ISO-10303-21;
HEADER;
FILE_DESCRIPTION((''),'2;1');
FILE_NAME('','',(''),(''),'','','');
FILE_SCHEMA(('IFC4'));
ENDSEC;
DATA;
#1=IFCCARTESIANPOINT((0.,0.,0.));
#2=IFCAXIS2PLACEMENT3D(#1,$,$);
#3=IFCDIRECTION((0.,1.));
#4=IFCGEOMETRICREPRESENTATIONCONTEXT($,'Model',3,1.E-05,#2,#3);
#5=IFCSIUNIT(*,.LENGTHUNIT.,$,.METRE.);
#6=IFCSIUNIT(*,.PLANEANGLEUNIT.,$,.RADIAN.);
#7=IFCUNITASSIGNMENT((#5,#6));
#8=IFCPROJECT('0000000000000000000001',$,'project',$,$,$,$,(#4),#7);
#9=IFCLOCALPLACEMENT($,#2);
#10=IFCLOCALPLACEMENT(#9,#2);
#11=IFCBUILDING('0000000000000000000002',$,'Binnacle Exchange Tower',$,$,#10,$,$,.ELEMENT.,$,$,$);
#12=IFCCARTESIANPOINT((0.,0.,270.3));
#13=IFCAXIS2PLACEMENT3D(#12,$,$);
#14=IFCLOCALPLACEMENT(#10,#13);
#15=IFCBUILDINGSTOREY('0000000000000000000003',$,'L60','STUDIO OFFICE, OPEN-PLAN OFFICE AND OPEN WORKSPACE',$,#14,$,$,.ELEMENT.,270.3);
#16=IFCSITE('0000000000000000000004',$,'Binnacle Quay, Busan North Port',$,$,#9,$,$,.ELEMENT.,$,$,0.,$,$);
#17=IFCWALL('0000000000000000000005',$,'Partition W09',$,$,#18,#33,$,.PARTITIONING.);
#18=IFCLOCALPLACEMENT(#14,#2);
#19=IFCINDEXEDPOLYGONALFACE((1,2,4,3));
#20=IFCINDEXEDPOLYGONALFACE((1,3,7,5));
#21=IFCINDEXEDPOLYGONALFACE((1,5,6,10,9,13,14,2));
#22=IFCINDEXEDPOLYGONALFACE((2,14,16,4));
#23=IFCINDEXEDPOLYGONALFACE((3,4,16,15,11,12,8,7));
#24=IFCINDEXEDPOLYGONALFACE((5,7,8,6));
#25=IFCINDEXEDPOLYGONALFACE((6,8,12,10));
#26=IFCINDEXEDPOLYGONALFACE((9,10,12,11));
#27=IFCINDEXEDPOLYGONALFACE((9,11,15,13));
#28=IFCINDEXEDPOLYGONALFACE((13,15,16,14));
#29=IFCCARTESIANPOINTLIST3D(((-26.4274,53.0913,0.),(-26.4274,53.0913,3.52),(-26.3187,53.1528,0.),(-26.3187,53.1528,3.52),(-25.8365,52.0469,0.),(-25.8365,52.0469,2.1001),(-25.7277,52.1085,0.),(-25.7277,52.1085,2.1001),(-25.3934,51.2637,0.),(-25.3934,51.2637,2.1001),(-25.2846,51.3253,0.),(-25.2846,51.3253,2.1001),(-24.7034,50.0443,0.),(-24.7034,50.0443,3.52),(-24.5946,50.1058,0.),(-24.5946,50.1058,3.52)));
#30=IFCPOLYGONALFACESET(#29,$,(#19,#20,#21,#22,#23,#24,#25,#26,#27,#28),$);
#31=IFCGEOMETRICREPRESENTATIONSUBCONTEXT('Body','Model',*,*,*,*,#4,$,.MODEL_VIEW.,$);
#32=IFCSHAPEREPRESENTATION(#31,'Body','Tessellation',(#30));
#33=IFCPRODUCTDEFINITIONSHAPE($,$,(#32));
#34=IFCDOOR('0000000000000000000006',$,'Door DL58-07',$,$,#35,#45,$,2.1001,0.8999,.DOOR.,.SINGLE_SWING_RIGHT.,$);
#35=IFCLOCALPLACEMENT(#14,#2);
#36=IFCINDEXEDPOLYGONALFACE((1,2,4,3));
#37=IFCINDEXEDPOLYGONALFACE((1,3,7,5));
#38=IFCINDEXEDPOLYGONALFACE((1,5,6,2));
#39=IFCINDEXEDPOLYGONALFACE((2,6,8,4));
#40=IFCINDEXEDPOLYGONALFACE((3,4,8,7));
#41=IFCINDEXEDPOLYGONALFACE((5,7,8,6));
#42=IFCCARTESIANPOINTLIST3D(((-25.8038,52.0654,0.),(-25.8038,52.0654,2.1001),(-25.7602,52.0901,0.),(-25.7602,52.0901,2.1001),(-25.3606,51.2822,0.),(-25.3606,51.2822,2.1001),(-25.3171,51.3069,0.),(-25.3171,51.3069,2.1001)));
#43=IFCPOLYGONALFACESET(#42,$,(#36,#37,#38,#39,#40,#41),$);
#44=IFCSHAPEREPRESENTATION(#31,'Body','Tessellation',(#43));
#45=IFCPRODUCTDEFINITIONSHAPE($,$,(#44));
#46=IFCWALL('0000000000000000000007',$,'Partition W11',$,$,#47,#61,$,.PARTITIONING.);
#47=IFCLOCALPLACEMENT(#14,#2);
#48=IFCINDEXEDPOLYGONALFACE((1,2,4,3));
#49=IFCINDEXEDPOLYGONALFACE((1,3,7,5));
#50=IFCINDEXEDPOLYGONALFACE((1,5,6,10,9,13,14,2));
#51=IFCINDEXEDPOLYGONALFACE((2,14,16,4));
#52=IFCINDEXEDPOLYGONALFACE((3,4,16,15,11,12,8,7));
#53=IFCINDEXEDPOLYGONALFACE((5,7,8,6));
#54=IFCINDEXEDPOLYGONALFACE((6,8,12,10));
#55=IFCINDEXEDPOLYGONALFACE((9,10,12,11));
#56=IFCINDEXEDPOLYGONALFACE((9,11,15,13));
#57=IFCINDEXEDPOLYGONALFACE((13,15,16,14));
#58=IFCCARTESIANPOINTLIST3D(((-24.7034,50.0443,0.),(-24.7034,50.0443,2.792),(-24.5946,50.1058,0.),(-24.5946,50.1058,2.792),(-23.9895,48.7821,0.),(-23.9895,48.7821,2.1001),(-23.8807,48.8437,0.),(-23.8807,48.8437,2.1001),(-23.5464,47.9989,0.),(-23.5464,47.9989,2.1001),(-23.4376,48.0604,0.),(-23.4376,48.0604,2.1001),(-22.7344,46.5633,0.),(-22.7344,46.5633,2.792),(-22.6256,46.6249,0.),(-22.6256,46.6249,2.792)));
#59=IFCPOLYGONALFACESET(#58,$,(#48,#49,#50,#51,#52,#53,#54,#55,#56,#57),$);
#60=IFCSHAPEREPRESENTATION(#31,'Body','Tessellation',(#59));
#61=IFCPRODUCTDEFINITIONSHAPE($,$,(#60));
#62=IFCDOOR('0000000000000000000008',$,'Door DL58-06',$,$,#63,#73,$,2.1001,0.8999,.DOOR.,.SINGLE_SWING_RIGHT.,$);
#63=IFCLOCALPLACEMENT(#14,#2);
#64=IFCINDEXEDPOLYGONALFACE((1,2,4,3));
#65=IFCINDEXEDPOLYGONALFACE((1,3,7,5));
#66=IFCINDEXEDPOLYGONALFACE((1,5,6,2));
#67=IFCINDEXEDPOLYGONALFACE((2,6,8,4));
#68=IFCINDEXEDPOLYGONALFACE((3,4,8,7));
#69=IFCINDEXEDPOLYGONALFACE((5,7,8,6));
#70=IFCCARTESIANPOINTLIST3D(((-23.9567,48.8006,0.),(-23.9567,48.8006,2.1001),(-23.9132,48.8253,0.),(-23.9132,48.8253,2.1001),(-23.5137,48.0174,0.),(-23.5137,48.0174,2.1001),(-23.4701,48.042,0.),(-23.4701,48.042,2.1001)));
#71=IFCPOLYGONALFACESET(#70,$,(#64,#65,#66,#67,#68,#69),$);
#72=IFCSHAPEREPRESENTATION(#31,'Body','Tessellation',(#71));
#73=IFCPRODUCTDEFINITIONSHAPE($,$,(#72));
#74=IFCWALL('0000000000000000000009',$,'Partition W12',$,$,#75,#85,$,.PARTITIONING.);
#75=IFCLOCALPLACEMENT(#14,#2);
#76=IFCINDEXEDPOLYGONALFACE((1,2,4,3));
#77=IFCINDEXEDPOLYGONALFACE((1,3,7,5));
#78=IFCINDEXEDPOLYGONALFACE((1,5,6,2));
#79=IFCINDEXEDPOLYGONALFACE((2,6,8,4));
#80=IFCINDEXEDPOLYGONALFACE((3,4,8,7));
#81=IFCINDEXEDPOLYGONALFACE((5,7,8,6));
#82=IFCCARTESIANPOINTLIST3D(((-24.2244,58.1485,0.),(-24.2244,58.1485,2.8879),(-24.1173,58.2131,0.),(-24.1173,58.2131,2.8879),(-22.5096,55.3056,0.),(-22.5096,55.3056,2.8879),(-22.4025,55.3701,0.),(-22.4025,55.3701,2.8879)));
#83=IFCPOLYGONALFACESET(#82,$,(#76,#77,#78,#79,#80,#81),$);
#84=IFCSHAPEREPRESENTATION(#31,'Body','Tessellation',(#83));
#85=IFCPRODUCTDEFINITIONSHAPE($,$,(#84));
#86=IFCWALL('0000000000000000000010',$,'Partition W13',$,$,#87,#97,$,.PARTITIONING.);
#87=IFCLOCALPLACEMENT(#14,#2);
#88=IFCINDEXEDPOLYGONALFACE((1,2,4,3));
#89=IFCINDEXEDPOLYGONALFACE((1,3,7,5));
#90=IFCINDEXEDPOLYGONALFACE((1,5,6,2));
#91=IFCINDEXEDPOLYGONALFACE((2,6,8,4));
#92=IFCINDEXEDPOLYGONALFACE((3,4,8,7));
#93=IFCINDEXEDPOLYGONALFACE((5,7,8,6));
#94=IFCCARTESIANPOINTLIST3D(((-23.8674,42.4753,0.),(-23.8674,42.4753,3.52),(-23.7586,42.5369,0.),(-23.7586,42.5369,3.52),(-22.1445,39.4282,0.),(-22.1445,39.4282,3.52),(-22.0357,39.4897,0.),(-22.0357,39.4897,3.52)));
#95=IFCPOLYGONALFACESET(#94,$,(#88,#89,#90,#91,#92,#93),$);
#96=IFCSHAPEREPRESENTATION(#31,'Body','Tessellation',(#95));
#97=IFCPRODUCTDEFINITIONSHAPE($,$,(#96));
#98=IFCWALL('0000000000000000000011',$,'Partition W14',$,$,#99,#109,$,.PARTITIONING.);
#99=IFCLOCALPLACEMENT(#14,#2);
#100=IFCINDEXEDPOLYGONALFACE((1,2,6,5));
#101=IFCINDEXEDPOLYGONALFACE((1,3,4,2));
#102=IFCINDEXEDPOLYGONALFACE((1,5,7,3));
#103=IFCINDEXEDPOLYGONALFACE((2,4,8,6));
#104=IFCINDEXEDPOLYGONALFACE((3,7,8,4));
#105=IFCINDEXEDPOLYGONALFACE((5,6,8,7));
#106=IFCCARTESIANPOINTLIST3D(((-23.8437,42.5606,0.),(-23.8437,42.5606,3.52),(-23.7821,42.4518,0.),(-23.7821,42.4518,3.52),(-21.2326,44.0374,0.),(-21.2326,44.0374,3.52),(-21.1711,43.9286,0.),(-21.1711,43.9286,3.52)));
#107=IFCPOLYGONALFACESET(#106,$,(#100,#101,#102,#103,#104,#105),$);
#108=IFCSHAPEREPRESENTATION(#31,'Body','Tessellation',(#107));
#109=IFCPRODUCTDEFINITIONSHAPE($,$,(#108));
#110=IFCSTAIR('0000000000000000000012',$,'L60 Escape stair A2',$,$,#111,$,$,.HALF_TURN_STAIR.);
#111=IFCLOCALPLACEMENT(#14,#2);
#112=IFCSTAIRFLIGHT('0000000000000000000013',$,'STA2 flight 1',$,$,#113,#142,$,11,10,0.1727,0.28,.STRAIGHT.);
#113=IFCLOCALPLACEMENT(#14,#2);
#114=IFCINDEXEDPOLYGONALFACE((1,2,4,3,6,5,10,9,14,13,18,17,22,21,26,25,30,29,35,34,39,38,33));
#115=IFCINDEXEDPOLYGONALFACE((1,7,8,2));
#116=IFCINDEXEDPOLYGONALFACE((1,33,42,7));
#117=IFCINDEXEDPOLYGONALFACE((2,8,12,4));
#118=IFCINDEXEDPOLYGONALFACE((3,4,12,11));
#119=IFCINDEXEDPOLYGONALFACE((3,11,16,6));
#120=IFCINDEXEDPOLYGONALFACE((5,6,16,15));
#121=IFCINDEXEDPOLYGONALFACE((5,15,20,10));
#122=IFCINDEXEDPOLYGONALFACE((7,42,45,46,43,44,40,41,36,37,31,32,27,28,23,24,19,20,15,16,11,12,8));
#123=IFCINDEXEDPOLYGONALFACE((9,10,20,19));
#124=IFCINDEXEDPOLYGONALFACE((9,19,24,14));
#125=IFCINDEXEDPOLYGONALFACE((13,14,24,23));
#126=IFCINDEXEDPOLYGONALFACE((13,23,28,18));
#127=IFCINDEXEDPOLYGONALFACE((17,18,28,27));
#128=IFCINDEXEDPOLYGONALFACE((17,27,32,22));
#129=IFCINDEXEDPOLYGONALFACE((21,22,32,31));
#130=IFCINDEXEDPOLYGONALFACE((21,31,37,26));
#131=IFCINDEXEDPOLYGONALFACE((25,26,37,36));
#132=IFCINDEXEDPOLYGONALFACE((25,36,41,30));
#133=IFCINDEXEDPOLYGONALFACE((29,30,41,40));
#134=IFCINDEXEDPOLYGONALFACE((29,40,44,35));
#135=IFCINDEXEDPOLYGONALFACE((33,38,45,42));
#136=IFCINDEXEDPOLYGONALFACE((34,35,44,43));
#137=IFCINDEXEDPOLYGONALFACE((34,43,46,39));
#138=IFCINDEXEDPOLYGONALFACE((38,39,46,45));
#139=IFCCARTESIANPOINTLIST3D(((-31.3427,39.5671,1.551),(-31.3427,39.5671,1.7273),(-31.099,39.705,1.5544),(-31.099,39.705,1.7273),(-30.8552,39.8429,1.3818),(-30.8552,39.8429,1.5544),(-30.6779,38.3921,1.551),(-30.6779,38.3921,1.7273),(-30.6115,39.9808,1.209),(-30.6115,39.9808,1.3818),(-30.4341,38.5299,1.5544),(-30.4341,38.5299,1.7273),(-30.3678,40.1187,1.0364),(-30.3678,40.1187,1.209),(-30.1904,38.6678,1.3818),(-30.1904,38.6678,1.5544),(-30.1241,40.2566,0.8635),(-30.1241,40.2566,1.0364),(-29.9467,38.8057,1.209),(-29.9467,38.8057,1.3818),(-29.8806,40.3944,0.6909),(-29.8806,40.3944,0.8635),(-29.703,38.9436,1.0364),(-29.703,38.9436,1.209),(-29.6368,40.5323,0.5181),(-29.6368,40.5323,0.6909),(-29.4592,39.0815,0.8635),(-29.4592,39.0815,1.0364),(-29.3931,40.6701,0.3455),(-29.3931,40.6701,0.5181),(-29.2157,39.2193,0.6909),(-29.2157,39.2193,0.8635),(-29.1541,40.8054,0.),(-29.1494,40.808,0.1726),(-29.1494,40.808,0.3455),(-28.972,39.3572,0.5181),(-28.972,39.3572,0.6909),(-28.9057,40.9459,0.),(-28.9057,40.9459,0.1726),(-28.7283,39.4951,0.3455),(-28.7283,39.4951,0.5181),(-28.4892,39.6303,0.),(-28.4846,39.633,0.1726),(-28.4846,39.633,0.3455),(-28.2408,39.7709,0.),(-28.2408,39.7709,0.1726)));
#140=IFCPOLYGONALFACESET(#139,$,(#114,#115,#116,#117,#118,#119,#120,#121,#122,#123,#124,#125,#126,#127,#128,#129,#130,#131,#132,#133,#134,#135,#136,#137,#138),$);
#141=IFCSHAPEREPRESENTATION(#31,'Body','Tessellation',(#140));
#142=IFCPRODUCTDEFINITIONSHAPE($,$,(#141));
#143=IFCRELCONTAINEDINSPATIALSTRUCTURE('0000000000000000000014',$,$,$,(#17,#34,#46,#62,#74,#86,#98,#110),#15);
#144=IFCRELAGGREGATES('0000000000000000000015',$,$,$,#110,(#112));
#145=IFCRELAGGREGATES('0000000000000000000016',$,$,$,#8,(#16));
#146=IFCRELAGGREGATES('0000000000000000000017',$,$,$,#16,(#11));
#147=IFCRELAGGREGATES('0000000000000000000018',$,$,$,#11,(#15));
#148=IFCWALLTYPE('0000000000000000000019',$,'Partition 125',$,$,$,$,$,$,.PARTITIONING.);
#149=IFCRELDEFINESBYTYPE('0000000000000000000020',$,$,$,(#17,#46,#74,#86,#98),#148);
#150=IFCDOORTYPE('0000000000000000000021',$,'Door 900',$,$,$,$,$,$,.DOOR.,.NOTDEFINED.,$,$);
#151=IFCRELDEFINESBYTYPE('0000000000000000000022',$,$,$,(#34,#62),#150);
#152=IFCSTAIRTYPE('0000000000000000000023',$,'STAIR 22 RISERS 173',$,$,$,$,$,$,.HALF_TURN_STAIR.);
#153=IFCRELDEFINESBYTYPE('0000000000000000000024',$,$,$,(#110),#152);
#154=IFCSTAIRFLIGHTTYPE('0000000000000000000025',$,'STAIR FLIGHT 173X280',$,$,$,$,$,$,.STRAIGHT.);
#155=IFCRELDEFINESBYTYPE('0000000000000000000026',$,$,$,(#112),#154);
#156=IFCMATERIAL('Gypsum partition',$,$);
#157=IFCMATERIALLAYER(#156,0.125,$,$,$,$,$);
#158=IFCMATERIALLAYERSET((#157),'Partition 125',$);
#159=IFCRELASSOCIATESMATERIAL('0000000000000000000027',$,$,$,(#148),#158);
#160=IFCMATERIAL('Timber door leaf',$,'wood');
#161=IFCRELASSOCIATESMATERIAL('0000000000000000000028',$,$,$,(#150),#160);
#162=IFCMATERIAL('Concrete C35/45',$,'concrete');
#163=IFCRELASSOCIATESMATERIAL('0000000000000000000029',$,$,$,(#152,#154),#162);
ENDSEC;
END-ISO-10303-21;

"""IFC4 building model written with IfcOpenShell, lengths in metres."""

from ifc_helpers import new_model, si_unit, direction, frame, frame_2d, origin, place, context, subcontext, project, spatial, polyline, rectangle, outline, extrude, material, layer, layer_set, type_object, element, fill, aggregate, save


model = new_model("IFC4")

# Units and contexts
model_context = context("Model", 3, precision=1e-05, world=origin(), true_north=direction((0.0, 1.0)))
body_context = subcontext(model_context, "Body", "Model", "MODEL_VIEW")
ifc_project = project(units=[si_unit("LENGTHUNIT", "METRE"), si_unit("PLANEANGLEUNIT", "RADIAN")], contexts=[model_context])

# Site, building, storey
site_placement = place(None, origin())
site = spatial("IfcSite", under=ifc_project, at=site_placement, Name="Binnacle Quay, Busan North Port", CompositionType="ELEMENT", RefElevation=0.0)
building_placement = place(site_placement, origin())
building = spatial("IfcBuilding", under=site, at=building_placement, Name="Binnacle Exchange Tower", CompositionType="ELEMENT")
storey_placement = place(building_placement, frame((0.0, 0.0, 270.3)))
storey = spatial("IfcBuildingStorey", under=building, at=storey_placement, Name="L60", Description="STUDIO OFFICE, OPEN-PLAN OFFICE AND OPEN WORKSPACE", CompositionType="ELEMENT", Elevation=270.3)

# Shared definitions
ifc_material_1 = material(Name="Gypsum partition")
ifc_layer_1 = layer(ifc_material_1, 0.125)
ifc_layer_set_1 = layer_set([ifc_layer_1], Name="Partition 125")
wall_type_1 = type_object("IfcWallType", Name="Partition 125", PredefinedType="PARTITIONING", material=ifc_layer_set_1)

# Shared definitions
ifc_material_2 = material(Name="Timber door leaf", Category="wood")
door_type_1 = type_object("IfcDoorType", Name="Door 900", OperationType="NOTDEFINED", PredefinedType="DOOR", material=ifc_material_2)

# Walls, openings, doors
wall_1_placement = place(storey_placement, frame((-26.373, 53.1221, 0.0), z_axis=(0.0, 0.0, 1.0), x_axis=(0.492455, -0.870338, 0.0)))
wall_1 = element("IfcWall", 1, at=wall_1_placement, inside=storey, type_object=wall_type_1, Name="Partition W09", PredefinedType="PARTITIONING", context=body_context, shape_type="SweptSolid", body=[
    extrude(rectangle(XDim=3.501, YDim=0.125, at=frame_2d((1.7505, 0.0))), origin(), (0.0, 0.0, 1.0), 3.52),
])
opening_1_placement = place(wall_1_placement, frame((1.2, 0.0, 0.0)))
opening_1 = element("IfcOpeningElement", 2, at=opening_1_placement, cuts=wall_1, PredefinedType="OPENING", context=body_context, shape_type="SweptSolid", body=[
    extrude(rectangle(XDim=0.8999, YDim=2.1001, at=frame_2d((0.45, 1.05))), frame((0.0, 0.0725, 0.0), z_axis=(0.0, -1.0, 0.0), x_axis=(1.0, 0.0, 0.0)), (0.0, 0.0, 1.0), 0.145),
])
door_1_placement = place(opening_1_placement, frame((0.8999, 0.0, 0.0), z_axis=(0.0, 0.0, 1.0), x_axis=(-1.0, 0.0, 0.0)))
door_1 = element("IfcDoor", 3, at=door_1_placement, inside=storey, type_object=door_type_1, Name="Door DL58-07", OperationType="SINGLE_SWING_RIGHT", OverallHeight=2.1001, OverallWidth=0.8999, PredefinedType="DOOR", context=body_context, shape_type="SweptSolid", body=[
    extrude(rectangle(XDim=0.8999, YDim=2.1001, at=frame_2d((0.45, 1.05))), frame((0.0, 0.0249, 0.0), z_axis=(0.0, -1.0, 0.0), x_axis=(1.0, 0.0, 0.0)), (0.0, 0.0, 1.0), 0.05),
])
fill(opening_1, door_1)
wall_2_placement = place(storey_placement, frame((-24.6489, 50.075, 0.0), z_axis=(0.0, 0.0, 1.0), x_axis=(0.492341, -0.870402, 0.0)))
wall_2 = element("IfcWall", 4, at=wall_2_placement, inside=storey, type_object=wall_type_1, Name="Partition W11", PredefinedType="PARTITIONING", context=body_context, shape_type="SweptSolid", body=[
    extrude(rectangle(XDim=3.9993, YDim=0.125, at=frame_2d((1.9995, 0.0))), origin(), (0.0, 0.0, 1.0), 2.792),
])
opening_2_placement = place(wall_2_placement, frame((1.45, 0.0, 0.0)))
opening_2 = element("IfcOpeningElement", 5, at=opening_2_placement, cuts=wall_2, PredefinedType="OPENING", context=body_context, shape_type="SweptSolid", body=[
    extrude(rectangle(XDim=0.8999, YDim=2.1001, at=frame_2d((0.45, 1.05))), frame((0.0, 0.0725, 0.0), z_axis=(0.0, -1.0, 0.0), x_axis=(1.0, 0.0, 0.0)), (0.0, 0.0, 1.0), 0.145),
])
door_2_placement = place(opening_2_placement, frame((0.8999, 0.0, 0.0), z_axis=(0.0, 0.0, 1.0), x_axis=(-1.0, 0.0, 0.0)))
door_2 = element("IfcDoor", 6, at=door_2_placement, inside=storey, type_object=door_type_1, Name="Door DL58-06", OperationType="SINGLE_SWING_RIGHT", OverallHeight=2.1001, OverallWidth=0.8999, PredefinedType="DOOR", context=body_context, shape_type="SweptSolid", body=[
    extrude(rectangle(XDim=0.8999, YDim=2.1001, at=frame_2d((0.45, 1.05))), frame((0.0, 0.0249, 0.0), z_axis=(0.0, -1.0, 0.0), x_axis=(1.0, 0.0, 0.0)), (0.0, 0.0, 1.0), 0.05),
])
fill(opening_2, door_2)

# Walls
wall_3_placement = place(storey_placement, frame((-24.1709, 58.1809, 0.0), z_axis=(0.0, 0.0, 1.0), x_axis=(0.516495, -0.85629, 0.0)))
element("IfcWall", 7, at=wall_3_placement, inside=storey, type_object=wall_type_1, Name="Partition W12", PredefinedType="PARTITIONING", context=body_context, shape_type="SweptSolid", body=[
    extrude(rectangle(XDim=3.3201, YDim=0.125, at=frame_2d((1.6602, 0.0))), origin(), (0.0, 0.0, 1.0), 2.8879),
])
wall_4_placement = place(storey_placement, frame((-23.813, 42.5061, 0.0), z_axis=(0.0, 0.0, 1.0), x_axis=(0.492191, -0.870487, 0.0)))
element("IfcWall", 8, at=wall_4_placement, inside=storey, type_object=wall_type_1, Name="Partition W13", PredefinedType="PARTITIONING", context=body_context, shape_type="SweptSolid", body=[
    extrude(rectangle(XDim=3.5005, YDim=0.125, at=frame_2d((1.7502, 0.0))), origin(), (0.0, 0.0, 1.0), 3.52),
])
wall_5_placement = place(storey_placement, frame((-23.813, 42.5061, 0.0), z_axis=(0.0, 0.0, 1.0), x_axis=(0.870423, 0.492304, 0.0)))
element("IfcWall", 9, at=wall_5_placement, inside=storey, type_object=wall_type_1, Name="Partition W14", PredefinedType="PARTITIONING", context=body_context, shape_type="SweptSolid", body=[
    extrude(rectangle(XDim=2.9998, YDim=0.125, at=frame_2d((1.5, 0.0))), origin(), (0.0, 0.0, 1.0), 3.52),
])

# Stair, stair flight
ifc_material_3 = material(Name="Concrete C35/45", Category="concrete")
stair_type = type_object("IfcStairType", Name="STAIR 22 RISERS 173", PredefinedType="HALF_TURN_STAIR", material=ifc_material_3)
stair_placement = place(storey_placement, origin())
stair = element("IfcStair", 10, at=stair_placement, inside=storey, type_object=stair_type, Name="L60 Escape stair A2", PredefinedType="HALF_TURN_STAIR")
stair_flight_type = type_object("IfcStairFlightType", Name="STAIR FLIGHT 173X280", PredefinedType="STRAIGHT", material=ifc_material_3)
stair_flight_placement = place(storey_placement, frame((-28.5732, 40.3584, 0.0), z_axis=(0.0, 0.0, 1.0), x_axis=(-0.870356, -0.492424, 0.0)))
stair_flight = element("IfcStairFlight", 11, at=stair_flight_placement, type_object=stair_flight_type, Name="STA2 flight 1", NumberOfRisers=11, NumberOfTreads=10, PredefinedType="STRAIGHT", RiserHeight=0.1727, TreadLength=0.28, context=body_context, shape_type="SweptSolid", body=[
    extrude(outline(polyline([(0.0, 0.0), (0.0, 0.1726), (0.28, 0.1726), (0.28, 0.3455), (0.5601, 0.3455), (0.5601, 0.5181), (0.8401, 0.5181), (0.8401, 0.6909), (1.1201, 0.6909), (1.1201, 0.8635), (1.3999, 0.8635), (1.3999, 1.0364), (1.6799, 1.0364), (1.6799, 1.209), (1.96, 1.209), (1.96, 1.3818), (2.24, 1.3818), (2.24, 1.5544), (2.52, 1.5544), (2.52, 1.7273), (2.8, 1.7273), (2.8, 1.8999), (2.8, 1.551), (0.2854, 0.0), (0.0, 0.0)])), frame((0.0, 0.675, 0.0), z_axis=(0.0, -1.0, 0.0), x_axis=(1.0, 0.0, 0.0)), (0.0, 0.0, 1.0), 1.3501),
])
aggregate(stair, [stair_flight])

save(model, "model.ifc")
